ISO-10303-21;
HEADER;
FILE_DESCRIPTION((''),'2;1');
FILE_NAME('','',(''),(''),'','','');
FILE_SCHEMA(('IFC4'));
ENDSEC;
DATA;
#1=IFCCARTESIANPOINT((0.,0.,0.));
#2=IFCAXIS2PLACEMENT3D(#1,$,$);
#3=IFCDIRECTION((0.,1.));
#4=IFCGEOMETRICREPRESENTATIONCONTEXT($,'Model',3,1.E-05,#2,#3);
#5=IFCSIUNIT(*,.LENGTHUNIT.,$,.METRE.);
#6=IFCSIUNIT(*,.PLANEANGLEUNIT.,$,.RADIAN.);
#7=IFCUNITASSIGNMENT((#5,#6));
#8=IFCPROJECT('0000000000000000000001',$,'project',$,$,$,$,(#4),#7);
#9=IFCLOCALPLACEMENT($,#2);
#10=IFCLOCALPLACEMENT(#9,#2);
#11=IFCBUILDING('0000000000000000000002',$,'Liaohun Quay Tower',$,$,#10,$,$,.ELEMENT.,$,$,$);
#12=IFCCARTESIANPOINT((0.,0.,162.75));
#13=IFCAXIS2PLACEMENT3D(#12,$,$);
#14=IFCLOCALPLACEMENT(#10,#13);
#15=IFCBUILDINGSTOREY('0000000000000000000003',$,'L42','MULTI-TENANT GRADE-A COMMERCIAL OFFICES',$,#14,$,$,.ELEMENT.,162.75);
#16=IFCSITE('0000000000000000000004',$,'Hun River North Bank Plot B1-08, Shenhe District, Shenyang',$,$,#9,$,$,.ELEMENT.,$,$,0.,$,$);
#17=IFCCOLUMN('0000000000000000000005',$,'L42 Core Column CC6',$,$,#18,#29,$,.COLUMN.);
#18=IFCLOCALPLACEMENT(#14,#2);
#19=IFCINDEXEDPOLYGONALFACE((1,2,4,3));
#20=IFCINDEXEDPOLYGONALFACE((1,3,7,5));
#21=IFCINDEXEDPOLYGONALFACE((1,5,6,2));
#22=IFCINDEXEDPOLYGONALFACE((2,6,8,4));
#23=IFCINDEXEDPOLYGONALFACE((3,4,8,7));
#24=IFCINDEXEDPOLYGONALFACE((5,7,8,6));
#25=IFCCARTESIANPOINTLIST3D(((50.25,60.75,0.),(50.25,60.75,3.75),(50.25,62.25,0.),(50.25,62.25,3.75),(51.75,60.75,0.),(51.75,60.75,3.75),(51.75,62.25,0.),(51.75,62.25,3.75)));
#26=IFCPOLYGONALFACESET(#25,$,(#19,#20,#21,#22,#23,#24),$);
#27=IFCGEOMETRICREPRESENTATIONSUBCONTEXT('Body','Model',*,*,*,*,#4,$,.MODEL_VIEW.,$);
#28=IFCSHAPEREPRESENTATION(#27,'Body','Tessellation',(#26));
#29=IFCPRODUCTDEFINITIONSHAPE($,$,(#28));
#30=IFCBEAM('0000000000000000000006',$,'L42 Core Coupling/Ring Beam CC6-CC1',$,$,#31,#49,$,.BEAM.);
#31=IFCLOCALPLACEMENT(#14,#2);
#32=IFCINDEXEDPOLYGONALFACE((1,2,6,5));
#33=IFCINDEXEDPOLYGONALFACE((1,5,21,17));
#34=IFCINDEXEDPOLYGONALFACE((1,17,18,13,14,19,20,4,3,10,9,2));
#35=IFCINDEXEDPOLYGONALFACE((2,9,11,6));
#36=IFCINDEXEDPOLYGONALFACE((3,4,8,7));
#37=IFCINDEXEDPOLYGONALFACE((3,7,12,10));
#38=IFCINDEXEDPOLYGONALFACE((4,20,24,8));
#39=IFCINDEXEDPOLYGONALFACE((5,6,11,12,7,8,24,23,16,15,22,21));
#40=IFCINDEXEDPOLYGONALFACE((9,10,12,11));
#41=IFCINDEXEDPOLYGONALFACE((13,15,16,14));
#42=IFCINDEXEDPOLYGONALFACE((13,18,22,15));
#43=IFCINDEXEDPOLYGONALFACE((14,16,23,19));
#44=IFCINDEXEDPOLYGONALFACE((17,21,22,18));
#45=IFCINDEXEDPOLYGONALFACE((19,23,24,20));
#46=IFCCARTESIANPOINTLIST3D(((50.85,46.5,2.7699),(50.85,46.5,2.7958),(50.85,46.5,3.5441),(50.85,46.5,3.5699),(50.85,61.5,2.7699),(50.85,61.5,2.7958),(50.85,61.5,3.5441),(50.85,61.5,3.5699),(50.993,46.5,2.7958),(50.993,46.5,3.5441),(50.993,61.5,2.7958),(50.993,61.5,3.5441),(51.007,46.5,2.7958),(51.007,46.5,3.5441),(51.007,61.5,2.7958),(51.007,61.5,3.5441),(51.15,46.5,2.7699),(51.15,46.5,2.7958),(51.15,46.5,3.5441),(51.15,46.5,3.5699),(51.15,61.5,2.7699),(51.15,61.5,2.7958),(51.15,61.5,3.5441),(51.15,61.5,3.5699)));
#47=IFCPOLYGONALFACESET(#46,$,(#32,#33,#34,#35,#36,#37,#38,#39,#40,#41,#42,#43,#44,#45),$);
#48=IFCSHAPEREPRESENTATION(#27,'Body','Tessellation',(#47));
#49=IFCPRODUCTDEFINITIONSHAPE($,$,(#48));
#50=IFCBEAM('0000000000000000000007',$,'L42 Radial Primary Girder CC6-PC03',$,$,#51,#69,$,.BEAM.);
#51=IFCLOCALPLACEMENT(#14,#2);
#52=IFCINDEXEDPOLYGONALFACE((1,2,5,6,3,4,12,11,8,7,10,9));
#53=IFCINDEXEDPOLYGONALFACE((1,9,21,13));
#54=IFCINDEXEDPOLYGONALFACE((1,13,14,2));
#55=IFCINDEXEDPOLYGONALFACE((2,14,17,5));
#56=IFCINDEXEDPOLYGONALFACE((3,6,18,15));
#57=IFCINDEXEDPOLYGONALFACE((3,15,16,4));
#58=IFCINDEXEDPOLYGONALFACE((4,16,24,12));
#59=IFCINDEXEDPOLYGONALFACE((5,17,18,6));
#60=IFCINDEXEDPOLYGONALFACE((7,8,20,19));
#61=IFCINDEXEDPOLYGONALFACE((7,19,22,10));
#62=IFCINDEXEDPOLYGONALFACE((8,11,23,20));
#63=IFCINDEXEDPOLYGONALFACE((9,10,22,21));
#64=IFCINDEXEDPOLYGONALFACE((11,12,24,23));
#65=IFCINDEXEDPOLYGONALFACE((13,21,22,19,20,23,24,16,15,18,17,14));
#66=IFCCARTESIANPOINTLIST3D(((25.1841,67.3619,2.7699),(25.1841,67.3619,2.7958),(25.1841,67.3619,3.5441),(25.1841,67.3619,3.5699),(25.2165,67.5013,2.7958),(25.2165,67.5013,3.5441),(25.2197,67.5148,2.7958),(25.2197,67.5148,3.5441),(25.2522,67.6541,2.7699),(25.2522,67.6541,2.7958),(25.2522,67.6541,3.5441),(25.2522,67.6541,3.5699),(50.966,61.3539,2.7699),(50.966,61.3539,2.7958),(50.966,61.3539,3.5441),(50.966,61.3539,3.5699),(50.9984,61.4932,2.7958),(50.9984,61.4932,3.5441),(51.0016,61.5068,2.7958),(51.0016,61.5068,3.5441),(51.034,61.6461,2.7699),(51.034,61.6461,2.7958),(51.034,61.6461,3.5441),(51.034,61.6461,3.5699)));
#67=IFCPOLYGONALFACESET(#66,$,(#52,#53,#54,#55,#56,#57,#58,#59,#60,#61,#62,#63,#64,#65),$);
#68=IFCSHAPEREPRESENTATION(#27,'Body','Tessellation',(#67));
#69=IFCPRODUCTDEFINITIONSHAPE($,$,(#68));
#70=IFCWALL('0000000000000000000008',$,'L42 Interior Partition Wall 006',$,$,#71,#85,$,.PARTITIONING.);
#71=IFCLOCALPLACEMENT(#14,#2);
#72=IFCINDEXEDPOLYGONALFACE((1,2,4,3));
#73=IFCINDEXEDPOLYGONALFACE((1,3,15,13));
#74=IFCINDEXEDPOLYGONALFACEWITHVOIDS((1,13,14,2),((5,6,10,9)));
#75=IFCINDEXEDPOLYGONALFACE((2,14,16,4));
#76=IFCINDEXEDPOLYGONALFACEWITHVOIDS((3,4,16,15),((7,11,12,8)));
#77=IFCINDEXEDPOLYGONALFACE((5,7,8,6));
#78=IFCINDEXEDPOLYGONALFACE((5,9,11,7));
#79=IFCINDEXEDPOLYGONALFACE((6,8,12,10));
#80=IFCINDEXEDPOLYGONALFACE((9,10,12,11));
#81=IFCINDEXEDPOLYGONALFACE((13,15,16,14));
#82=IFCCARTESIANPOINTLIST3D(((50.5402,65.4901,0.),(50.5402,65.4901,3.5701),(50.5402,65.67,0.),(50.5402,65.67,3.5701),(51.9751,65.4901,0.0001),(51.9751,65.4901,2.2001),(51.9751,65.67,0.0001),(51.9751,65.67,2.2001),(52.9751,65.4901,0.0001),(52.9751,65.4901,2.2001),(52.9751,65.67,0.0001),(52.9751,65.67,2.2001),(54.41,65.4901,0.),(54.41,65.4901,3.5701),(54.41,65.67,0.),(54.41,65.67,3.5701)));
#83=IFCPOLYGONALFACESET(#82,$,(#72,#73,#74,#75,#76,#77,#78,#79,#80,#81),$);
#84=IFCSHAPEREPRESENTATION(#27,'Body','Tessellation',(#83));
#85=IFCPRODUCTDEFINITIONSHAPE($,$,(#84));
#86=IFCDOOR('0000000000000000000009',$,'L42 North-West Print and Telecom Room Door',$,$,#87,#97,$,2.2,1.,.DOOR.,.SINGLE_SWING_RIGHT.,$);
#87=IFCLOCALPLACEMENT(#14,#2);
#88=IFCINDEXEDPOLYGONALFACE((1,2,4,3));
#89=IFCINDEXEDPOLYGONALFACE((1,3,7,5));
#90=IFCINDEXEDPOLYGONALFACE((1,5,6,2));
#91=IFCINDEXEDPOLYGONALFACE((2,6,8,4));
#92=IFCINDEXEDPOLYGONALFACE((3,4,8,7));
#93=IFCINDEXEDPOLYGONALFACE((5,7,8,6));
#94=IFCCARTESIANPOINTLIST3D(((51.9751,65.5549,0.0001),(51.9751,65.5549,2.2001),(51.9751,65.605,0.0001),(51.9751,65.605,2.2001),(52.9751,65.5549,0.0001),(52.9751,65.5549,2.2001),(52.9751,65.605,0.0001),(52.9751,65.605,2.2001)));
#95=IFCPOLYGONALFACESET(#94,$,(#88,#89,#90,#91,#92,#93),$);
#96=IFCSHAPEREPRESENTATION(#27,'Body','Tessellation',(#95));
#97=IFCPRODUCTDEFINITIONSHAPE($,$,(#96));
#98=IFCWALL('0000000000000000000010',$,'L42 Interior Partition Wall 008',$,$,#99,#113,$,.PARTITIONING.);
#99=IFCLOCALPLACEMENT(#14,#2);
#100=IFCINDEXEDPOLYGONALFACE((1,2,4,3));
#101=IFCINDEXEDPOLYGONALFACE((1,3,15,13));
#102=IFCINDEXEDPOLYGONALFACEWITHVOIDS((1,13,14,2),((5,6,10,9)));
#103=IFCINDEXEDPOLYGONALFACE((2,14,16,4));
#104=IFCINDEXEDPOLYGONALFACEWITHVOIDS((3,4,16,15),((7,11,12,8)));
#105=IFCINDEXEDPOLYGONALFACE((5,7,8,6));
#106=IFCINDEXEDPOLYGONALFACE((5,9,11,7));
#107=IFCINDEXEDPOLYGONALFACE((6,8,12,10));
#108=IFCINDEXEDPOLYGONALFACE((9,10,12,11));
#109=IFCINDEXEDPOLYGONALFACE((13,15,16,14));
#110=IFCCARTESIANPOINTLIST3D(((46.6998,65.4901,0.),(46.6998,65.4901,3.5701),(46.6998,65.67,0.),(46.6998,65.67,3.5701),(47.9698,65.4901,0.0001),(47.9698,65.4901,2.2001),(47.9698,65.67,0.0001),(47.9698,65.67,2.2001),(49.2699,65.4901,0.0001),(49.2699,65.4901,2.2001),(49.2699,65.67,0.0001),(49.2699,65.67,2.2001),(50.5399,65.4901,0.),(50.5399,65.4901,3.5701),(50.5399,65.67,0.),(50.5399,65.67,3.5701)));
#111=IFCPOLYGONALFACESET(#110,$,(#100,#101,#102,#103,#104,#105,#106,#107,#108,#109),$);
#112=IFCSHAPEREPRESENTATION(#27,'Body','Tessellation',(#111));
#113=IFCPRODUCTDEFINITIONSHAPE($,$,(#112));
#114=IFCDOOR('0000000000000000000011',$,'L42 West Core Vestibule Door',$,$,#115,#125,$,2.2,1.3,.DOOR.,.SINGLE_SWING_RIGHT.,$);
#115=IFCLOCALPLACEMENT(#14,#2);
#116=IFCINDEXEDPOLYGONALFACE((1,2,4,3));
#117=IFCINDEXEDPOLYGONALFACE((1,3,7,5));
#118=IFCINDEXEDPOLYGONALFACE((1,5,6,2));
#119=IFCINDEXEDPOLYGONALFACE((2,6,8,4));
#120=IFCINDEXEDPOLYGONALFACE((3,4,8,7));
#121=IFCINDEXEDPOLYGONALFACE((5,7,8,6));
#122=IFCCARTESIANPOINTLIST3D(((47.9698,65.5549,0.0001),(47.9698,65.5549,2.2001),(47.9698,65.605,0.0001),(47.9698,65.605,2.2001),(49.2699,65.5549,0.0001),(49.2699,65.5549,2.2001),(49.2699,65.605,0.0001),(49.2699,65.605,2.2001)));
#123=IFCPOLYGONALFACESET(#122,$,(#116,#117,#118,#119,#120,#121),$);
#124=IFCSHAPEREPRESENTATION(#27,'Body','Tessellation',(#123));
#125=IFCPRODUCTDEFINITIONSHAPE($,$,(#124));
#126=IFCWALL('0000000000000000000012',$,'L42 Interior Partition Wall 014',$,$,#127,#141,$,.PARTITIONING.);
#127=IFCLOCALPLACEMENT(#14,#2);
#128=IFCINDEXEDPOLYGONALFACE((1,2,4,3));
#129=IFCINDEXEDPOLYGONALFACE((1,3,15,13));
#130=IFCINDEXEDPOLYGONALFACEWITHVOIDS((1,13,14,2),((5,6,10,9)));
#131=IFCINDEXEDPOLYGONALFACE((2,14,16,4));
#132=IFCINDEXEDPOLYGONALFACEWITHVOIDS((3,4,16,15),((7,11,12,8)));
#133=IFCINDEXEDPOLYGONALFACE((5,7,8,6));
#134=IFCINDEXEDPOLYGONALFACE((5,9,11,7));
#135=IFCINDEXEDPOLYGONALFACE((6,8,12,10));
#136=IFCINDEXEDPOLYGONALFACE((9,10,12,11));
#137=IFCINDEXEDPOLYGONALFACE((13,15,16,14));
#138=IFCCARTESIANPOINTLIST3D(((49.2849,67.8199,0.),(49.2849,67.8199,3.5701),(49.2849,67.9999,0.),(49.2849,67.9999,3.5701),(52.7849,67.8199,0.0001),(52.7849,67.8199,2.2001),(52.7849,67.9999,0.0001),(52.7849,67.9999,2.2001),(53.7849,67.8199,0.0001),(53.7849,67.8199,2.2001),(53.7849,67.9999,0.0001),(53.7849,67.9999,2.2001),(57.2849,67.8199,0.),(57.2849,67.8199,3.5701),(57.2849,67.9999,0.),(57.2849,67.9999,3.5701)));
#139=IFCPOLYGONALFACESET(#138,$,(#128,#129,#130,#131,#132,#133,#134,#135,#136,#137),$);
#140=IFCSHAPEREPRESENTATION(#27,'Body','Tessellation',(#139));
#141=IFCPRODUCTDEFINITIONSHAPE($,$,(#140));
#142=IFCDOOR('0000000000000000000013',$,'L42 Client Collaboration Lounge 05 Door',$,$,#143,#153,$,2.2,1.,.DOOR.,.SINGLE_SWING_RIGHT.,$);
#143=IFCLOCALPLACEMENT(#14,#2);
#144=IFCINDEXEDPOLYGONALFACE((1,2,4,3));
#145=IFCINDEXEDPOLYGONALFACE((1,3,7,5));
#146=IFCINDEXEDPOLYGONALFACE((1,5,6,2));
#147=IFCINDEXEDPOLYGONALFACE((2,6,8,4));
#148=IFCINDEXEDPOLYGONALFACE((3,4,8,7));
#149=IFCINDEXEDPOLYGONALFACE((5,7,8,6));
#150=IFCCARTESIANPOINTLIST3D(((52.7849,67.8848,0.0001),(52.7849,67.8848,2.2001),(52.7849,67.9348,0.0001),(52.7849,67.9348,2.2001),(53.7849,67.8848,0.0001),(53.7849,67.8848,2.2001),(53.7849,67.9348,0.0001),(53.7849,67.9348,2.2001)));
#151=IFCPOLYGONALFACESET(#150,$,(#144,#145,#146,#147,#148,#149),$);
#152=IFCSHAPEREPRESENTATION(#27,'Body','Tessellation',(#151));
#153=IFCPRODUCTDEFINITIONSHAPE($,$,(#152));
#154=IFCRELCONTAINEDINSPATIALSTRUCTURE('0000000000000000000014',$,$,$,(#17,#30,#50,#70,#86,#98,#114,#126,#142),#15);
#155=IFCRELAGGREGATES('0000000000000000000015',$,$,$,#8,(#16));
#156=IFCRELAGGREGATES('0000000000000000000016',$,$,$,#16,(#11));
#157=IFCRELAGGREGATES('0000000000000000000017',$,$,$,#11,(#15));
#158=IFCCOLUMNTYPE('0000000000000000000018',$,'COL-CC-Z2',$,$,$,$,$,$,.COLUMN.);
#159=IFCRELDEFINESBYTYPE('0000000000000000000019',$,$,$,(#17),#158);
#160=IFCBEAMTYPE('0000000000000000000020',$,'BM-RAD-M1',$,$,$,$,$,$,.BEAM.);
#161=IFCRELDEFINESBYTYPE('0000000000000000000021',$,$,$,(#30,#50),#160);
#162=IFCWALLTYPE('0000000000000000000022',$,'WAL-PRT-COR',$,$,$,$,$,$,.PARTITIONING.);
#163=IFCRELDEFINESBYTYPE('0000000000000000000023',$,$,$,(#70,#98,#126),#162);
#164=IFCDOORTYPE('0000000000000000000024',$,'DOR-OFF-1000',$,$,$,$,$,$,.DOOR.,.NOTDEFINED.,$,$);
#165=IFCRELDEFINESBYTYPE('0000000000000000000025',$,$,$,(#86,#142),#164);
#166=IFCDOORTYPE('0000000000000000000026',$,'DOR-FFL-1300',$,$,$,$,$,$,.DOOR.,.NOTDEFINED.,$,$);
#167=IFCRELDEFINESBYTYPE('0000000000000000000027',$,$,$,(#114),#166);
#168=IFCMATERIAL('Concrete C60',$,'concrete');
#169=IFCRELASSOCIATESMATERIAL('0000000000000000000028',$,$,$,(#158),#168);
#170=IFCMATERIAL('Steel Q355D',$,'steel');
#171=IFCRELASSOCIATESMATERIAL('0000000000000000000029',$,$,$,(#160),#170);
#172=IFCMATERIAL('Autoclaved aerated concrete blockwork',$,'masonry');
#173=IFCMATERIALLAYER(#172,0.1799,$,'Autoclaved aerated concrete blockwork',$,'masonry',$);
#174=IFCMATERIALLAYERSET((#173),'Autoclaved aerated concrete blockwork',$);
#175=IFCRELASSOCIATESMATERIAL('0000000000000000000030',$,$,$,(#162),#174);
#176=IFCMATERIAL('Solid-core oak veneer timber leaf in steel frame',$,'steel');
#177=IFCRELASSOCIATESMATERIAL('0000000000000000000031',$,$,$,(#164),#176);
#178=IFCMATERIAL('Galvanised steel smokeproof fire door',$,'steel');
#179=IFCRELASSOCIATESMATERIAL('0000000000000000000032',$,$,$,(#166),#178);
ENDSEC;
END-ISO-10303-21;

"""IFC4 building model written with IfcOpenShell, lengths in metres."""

from ifc_helpers import new_model, si_unit, direction, frame, frame_2d, origin, origin_2d, place, context, subcontext, project, spatial, rectangle, i_section, extrude, source, transform, mapped, material, layer, layer_set, material_profile, profile_set, type_object, element, fill, save


model = new_model("IFC4")

# Units and contexts
model_context = context("Model", 3, precision=1e-05, world=origin(), true_north=direction((0.0, 1.0)))
body_context = subcontext(model_context, "Body", "Model", "MODEL_VIEW")
ifc_project = project(units=[si_unit("LENGTHUNIT", "METRE"), si_unit("PLANEANGLEUNIT", "RADIAN")], contexts=[model_context])

# Site, building, storey
site_placement = place(None, origin())
site = spatial("IfcSite", under=ifc_project, at=site_placement, Name="Hun River North Bank Plot B1-08, Shenhe District, Shenyang", CompositionType="ELEMENT", RefElevation=0.0)
building_placement = place(site_placement, origin())
building = spatial("IfcBuilding", under=site, at=building_placement, Name="Liaohun Quay Tower", CompositionType="ELEMENT")
storey_placement = place(building_placement, frame((0.0, 0.0, 162.75)))
storey = spatial("IfcBuildingStorey", under=building, at=storey_placement, Name="L42", Description="MULTI-TENANT GRADE-A COMMERCIAL OFFICES", CompositionType="ELEMENT", Elevation=162.75)

# Column
ifc_material_1 = material(Name="Concrete C60", Category="concrete")
ifc_material_profile_1 = material_profile(ifc_material_1, rectangle(XDim=1.5, YDim=1.5, at=origin_2d()), Name="RC1500x1500")
ifc_profile_set_1 = profile_set([ifc_material_profile_1], Name="Concrete C60")
column_type = type_object("IfcColumnType", Name="COL-CC-Z2", PredefinedType="COLUMN", material=ifc_profile_set_1)
shared_shape_1 = source(origin(), body_context, "Body", "SweptSolid", [
    extrude(rectangle(XDim=1.5, YDim=1.5, at=origin_2d()), origin(), (0.0, 0.0, 1.0), 3.75),
])
column_placement = place(storey_placement, frame((51.0, 61.5, 0.0), z_axis=(0.0, 0.0, 1.0), x_axis=(1.0, 0.0, 0.0)))
element("IfcColumn", 1, at=column_placement, inside=storey, type_object=column_type, Name="L42 Core Column CC6", PredefinedType="COLUMN", context=body_context, shape_type="MappedRepresentation", body=[
    mapped(shared_shape_1, transform((0.0, 0.0, 0.0), x_axis=(1.0, 0.0, 0.0), y_axis=(0.0, 1.0, 0.0), z_axis=(0.0, 0.0, 1.0), scale=1.0)),
])

# Beams
ifc_material_2 = material(Name="Steel Q355D", Category="steel")
ifc_material_profile_2 = material_profile(ifc_material_2, i_section(OverallWidth=0.3, OverallDepth=0.8, WebThickness=0.0139, FlangeThickness=0.0259, at=origin_2d()), Name="HN800x300x14x26")
ifc_profile_set_2 = profile_set([ifc_material_profile_2], Name="Steel Q355D")
beam_type = type_object("IfcBeamType", Name="BM-RAD-M1", PredefinedType="BEAM", material=ifc_profile_set_2)
shared_shape_2 = source(origin(), body_context, "Body", "SweptSolid", [
    extrude(i_section(OverallWidth=0.3, OverallDepth=0.8, WebThickness=0.0139, FlangeThickness=0.0259, at=origin_2d()), origin(), (0.0, 0.0, 1.0), 15.0),
])
beam_1_placement = place(storey_placement, frame((51.0, 61.5, 3.1699), z_axis=(0.0, -1.0, 0.0), x_axis=(1.0, 0.0, 0.0)))
element("IfcBeam", 2, at=beam_1_placement, inside=storey, type_object=beam_type, Name="L42 Core Coupling/Ring Beam CC6-CC1", PredefinedType="BEAM", context=body_context, shape_type="MappedRepresentation", body=[
    mapped(shared_shape_2, transform((0.0, 0.0, 0.0), x_axis=(1.0, 0.0, 0.0), y_axis=(0.0, 1.0, 0.0), z_axis=(0.0, 0.0, 1.0), scale=1.0)),
])
shared_shape_3 = source(origin(), body_context, "Body", "SweptSolid", [
    extrude(i_section(OverallWidth=0.3, OverallDepth=0.8, WebThickness=0.0139, FlangeThickness=0.0259, at=origin_2d()), origin(), (0.0, 0.0, 1.0), 26.4727),
])
beam_2_placement = place(storey_placement, frame((51.0, 61.5, 3.1699), z_axis=(-0.973906, 0.226952, 0.0), x_axis=(-0.226952, -0.973906, 0.0)))
element("IfcBeam", 3, at=beam_2_placement, inside=storey, type_object=beam_type, Name="L42 Radial Primary Girder CC6-PC03", PredefinedType="BEAM", context=body_context, shape_type="MappedRepresentation", body=[
    mapped(shared_shape_3, transform((0.0, 0.0, 0.0), x_axis=(1.0, 0.0, 0.0), y_axis=(0.0, 1.0, 0.0), z_axis=(0.0, 0.0, 1.0), scale=1.0)),
])

# Walls, openings, doors
ifc_material_3 = material(Name="Autoclaved aerated concrete blockwork", Category="masonry")
ifc_layer_1 = layer(ifc_material_3, 0.1799, Name="Autoclaved aerated concrete blockwork", Category="masonry")
ifc_layer_set_1 = layer_set([ifc_layer_1], Name="Autoclaved aerated concrete blockwork")
wall_type_1 = type_object("IfcWallType", Name="WAL-PRT-COR", PredefinedType="PARTITIONING", material=ifc_layer_set_1)
wall_1_placement = place(storey_placement, frame((50.54, 65.5801, 0.0), z_axis=(0.0, 0.0, 1.0), x_axis=(1.0, 0.0, 0.0)))
wall_1 = element("IfcWall", 4, at=wall_1_placement, inside=storey, type_object=wall_type_1, Name="L42 Interior Partition Wall 006", PredefinedType="PARTITIONING", context=body_context, shape_type="SweptSolid", body=[
    extrude(rectangle(XDim=3.8699, YDim=0.1799, at=frame_2d((1.9351, 0.0))), origin(), (0.0, 0.0, 1.0), 3.5701),
])
shared_shape_4 = source(origin(), body_context, "Body", "SweptSolid", [
    extrude(rectangle(XDim=1.0, YDim=2.2, at=frame_2d((0.5, 1.1001))), frame((0.0, 0.0999, 0.0), z_axis=(0.0, -1.0, 0.0), x_axis=(1.0, 0.0, 0.0)), (0.0, 0.0, 1.0), 0.2),
])
opening_1_placement = place(wall_1_placement, frame((1.4351, 0.0, 0.0)))
opening_1 = element("IfcOpeningElement", 5, at=opening_1_placement, cuts=wall_1, PredefinedType="OPENING", context=body_context, shape_type="MappedRepresentation", body=[
    mapped(shared_shape_4, transform((0.0, 0.0, 0.0), x_axis=(1.0, 0.0, 0.0), y_axis=(0.0, 1.0, 0.0), z_axis=(0.0, 0.0, 1.0), scale=1.0)),
])
ifc_material_4 = material(Name="Solid-core oak veneer timber leaf in steel frame", Category="steel")
door_type_1 = type_object("IfcDoorType", Name="DOR-OFF-1000", OperationType="NOTDEFINED", PredefinedType="DOOR", material=ifc_material_4)
shared_shape_5 = source(origin(), body_context, "Body", "SweptSolid", [
    extrude(rectangle(XDim=1.0, YDim=2.2, at=frame_2d((0.5, 1.1001))), frame((0.0, 0.0249, 0.0), z_axis=(0.0, -1.0, 0.0), x_axis=(1.0, 0.0, 0.0)), (0.0, 0.0, 1.0), 0.05),
])
door_1_placement = place(opening_1_placement, origin())
door_1 = element("IfcDoor", 6, at=door_1_placement, inside=storey, type_object=door_type_1, Name="L42 North-West Print and Telecom Room Door", OperationType="SINGLE_SWING_RIGHT", OverallHeight=2.2, OverallWidth=1.0, PredefinedType="DOOR", context=body_context, shape_type="MappedRepresentation", body=[
    mapped(shared_shape_5, transform((0.0, 0.0, 0.0), x_axis=(1.0, 0.0, 0.0), y_axis=(0.0, 1.0, 0.0), z_axis=(0.0, 0.0, 1.0), scale=1.0)),
])
fill(opening_1, door_1)
wall_2_placement = place(storey_placement, frame((46.7, 65.5801, 0.0), z_axis=(0.0, 0.0, 1.0), x_axis=(1.0, 0.0, 0.0)))
wall_2 = element("IfcWall", 7, at=wall_2_placement, inside=storey, type_object=wall_type_1, Name="L42 Interior Partition Wall 008", PredefinedType="PARTITIONING", context=body_context, shape_type="SweptSolid", body=[
    extrude(rectangle(XDim=3.8401, YDim=0.1799, at=frame_2d((1.9199, 0.0))), origin(), (0.0, 0.0, 1.0), 3.5701),
])
shared_shape_6 = source(origin(), body_context, "Body", "SweptSolid", [
    extrude(rectangle(XDim=1.3, YDim=2.2, at=frame_2d((0.6499, 1.1001))), frame((0.0, 0.0999, 0.0), z_axis=(0.0, -1.0, 0.0), x_axis=(1.0, 0.0, 0.0)), (0.0, 0.0, 1.0), 0.2),
])
opening_2_placement = place(wall_2_placement, frame((1.27, 0.0, 0.0)))
opening_2 = element("IfcOpeningElement", 8, at=opening_2_placement, cuts=wall_2, PredefinedType="OPENING", context=body_context, shape_type="MappedRepresentation", body=[
    mapped(shared_shape_6, transform((0.0, 0.0, 0.0), x_axis=(1.0, 0.0, 0.0), y_axis=(0.0, 1.0, 0.0), z_axis=(0.0, 0.0, 1.0), scale=1.0)),
])
ifc_material_5 = material(Name="Galvanised steel smokeproof fire door", Category="steel")
door_type_2 = type_object("IfcDoorType", Name="DOR-FFL-1300", OperationType="NOTDEFINED", PredefinedType="DOOR", material=ifc_material_5)
shared_shape_7 = source(origin(), body_context, "Body", "SweptSolid", [
    extrude(rectangle(XDim=1.3, YDim=2.2, at=frame_2d((0.6499, 1.1001))), frame((0.0, 0.0249, 0.0), z_axis=(0.0, -1.0, 0.0), x_axis=(1.0, 0.0, 0.0)), (0.0, 0.0, 1.0), 0.05),
])
door_2_placement = place(opening_2_placement, origin())
door_2 = element("IfcDoor", 9, at=door_2_placement, inside=storey, type_object=door_type_2, Name="L42 West Core Vestibule Door", OperationType="SINGLE_SWING_RIGHT", OverallHeight=2.2, OverallWidth=1.3, PredefinedType="DOOR", context=body_context, shape_type="MappedRepresentation", body=[
    mapped(shared_shape_7, transform((0.0, 0.0, 0.0), x_axis=(1.0, 0.0, 0.0), y_axis=(0.0, 1.0, 0.0), z_axis=(0.0, 0.0, 1.0), scale=1.0)),
])
fill(opening_2, door_2)
wall_3_placement = place(storey_placement, frame((49.2849, 67.9099, 0.0), z_axis=(0.0, 0.0, 1.0), x_axis=(1.0, 0.0, 0.0)))
wall_3 = element("IfcWall", 10, at=wall_3_placement, inside=storey, type_object=wall_type_1, Name="L42 Interior Partition Wall 014", PredefinedType="PARTITIONING", context=body_context, shape_type="SweptSolid", body=[
    extrude(rectangle(XDim=8.0, YDim=0.1799, at=frame_2d((4.0, 0.0))), origin(), (0.0, 0.0, 1.0), 3.5701),
])
opening_3_placement = place(wall_3_placement, frame((3.5, 0.0, 0.0)))
opening_3 = element("IfcOpeningElement", 11, at=opening_3_placement, cuts=wall_3, PredefinedType="OPENING", context=body_context, shape_type="MappedRepresentation", body=[
    mapped(shared_shape_4, transform((0.0, 0.0, 0.0), x_axis=(1.0, 0.0, 0.0), y_axis=(0.0, 1.0, 0.0), z_axis=(0.0, 0.0, 1.0), scale=1.0)),
])
door_3_placement = place(opening_3_placement, origin())
door_3 = element("IfcDoor", 12, at=door_3_placement, inside=storey, type_object=door_type_1, Name="L42 Client Collaboration Lounge 05 Door", OperationType="SINGLE_SWING_RIGHT", OverallHeight=2.2, OverallWidth=1.0, PredefinedType="DOOR", context=body_context, shape_type="MappedRepresentation", body=[
    mapped(shared_shape_5, transform((0.0, 0.0, 0.0), x_axis=(1.0, 0.0, 0.0), y_axis=(0.0, 1.0, 0.0), z_axis=(0.0, 0.0, 1.0), scale=1.0)),
])
fill(opening_3, door_3)

save(model, "model.ifc")
